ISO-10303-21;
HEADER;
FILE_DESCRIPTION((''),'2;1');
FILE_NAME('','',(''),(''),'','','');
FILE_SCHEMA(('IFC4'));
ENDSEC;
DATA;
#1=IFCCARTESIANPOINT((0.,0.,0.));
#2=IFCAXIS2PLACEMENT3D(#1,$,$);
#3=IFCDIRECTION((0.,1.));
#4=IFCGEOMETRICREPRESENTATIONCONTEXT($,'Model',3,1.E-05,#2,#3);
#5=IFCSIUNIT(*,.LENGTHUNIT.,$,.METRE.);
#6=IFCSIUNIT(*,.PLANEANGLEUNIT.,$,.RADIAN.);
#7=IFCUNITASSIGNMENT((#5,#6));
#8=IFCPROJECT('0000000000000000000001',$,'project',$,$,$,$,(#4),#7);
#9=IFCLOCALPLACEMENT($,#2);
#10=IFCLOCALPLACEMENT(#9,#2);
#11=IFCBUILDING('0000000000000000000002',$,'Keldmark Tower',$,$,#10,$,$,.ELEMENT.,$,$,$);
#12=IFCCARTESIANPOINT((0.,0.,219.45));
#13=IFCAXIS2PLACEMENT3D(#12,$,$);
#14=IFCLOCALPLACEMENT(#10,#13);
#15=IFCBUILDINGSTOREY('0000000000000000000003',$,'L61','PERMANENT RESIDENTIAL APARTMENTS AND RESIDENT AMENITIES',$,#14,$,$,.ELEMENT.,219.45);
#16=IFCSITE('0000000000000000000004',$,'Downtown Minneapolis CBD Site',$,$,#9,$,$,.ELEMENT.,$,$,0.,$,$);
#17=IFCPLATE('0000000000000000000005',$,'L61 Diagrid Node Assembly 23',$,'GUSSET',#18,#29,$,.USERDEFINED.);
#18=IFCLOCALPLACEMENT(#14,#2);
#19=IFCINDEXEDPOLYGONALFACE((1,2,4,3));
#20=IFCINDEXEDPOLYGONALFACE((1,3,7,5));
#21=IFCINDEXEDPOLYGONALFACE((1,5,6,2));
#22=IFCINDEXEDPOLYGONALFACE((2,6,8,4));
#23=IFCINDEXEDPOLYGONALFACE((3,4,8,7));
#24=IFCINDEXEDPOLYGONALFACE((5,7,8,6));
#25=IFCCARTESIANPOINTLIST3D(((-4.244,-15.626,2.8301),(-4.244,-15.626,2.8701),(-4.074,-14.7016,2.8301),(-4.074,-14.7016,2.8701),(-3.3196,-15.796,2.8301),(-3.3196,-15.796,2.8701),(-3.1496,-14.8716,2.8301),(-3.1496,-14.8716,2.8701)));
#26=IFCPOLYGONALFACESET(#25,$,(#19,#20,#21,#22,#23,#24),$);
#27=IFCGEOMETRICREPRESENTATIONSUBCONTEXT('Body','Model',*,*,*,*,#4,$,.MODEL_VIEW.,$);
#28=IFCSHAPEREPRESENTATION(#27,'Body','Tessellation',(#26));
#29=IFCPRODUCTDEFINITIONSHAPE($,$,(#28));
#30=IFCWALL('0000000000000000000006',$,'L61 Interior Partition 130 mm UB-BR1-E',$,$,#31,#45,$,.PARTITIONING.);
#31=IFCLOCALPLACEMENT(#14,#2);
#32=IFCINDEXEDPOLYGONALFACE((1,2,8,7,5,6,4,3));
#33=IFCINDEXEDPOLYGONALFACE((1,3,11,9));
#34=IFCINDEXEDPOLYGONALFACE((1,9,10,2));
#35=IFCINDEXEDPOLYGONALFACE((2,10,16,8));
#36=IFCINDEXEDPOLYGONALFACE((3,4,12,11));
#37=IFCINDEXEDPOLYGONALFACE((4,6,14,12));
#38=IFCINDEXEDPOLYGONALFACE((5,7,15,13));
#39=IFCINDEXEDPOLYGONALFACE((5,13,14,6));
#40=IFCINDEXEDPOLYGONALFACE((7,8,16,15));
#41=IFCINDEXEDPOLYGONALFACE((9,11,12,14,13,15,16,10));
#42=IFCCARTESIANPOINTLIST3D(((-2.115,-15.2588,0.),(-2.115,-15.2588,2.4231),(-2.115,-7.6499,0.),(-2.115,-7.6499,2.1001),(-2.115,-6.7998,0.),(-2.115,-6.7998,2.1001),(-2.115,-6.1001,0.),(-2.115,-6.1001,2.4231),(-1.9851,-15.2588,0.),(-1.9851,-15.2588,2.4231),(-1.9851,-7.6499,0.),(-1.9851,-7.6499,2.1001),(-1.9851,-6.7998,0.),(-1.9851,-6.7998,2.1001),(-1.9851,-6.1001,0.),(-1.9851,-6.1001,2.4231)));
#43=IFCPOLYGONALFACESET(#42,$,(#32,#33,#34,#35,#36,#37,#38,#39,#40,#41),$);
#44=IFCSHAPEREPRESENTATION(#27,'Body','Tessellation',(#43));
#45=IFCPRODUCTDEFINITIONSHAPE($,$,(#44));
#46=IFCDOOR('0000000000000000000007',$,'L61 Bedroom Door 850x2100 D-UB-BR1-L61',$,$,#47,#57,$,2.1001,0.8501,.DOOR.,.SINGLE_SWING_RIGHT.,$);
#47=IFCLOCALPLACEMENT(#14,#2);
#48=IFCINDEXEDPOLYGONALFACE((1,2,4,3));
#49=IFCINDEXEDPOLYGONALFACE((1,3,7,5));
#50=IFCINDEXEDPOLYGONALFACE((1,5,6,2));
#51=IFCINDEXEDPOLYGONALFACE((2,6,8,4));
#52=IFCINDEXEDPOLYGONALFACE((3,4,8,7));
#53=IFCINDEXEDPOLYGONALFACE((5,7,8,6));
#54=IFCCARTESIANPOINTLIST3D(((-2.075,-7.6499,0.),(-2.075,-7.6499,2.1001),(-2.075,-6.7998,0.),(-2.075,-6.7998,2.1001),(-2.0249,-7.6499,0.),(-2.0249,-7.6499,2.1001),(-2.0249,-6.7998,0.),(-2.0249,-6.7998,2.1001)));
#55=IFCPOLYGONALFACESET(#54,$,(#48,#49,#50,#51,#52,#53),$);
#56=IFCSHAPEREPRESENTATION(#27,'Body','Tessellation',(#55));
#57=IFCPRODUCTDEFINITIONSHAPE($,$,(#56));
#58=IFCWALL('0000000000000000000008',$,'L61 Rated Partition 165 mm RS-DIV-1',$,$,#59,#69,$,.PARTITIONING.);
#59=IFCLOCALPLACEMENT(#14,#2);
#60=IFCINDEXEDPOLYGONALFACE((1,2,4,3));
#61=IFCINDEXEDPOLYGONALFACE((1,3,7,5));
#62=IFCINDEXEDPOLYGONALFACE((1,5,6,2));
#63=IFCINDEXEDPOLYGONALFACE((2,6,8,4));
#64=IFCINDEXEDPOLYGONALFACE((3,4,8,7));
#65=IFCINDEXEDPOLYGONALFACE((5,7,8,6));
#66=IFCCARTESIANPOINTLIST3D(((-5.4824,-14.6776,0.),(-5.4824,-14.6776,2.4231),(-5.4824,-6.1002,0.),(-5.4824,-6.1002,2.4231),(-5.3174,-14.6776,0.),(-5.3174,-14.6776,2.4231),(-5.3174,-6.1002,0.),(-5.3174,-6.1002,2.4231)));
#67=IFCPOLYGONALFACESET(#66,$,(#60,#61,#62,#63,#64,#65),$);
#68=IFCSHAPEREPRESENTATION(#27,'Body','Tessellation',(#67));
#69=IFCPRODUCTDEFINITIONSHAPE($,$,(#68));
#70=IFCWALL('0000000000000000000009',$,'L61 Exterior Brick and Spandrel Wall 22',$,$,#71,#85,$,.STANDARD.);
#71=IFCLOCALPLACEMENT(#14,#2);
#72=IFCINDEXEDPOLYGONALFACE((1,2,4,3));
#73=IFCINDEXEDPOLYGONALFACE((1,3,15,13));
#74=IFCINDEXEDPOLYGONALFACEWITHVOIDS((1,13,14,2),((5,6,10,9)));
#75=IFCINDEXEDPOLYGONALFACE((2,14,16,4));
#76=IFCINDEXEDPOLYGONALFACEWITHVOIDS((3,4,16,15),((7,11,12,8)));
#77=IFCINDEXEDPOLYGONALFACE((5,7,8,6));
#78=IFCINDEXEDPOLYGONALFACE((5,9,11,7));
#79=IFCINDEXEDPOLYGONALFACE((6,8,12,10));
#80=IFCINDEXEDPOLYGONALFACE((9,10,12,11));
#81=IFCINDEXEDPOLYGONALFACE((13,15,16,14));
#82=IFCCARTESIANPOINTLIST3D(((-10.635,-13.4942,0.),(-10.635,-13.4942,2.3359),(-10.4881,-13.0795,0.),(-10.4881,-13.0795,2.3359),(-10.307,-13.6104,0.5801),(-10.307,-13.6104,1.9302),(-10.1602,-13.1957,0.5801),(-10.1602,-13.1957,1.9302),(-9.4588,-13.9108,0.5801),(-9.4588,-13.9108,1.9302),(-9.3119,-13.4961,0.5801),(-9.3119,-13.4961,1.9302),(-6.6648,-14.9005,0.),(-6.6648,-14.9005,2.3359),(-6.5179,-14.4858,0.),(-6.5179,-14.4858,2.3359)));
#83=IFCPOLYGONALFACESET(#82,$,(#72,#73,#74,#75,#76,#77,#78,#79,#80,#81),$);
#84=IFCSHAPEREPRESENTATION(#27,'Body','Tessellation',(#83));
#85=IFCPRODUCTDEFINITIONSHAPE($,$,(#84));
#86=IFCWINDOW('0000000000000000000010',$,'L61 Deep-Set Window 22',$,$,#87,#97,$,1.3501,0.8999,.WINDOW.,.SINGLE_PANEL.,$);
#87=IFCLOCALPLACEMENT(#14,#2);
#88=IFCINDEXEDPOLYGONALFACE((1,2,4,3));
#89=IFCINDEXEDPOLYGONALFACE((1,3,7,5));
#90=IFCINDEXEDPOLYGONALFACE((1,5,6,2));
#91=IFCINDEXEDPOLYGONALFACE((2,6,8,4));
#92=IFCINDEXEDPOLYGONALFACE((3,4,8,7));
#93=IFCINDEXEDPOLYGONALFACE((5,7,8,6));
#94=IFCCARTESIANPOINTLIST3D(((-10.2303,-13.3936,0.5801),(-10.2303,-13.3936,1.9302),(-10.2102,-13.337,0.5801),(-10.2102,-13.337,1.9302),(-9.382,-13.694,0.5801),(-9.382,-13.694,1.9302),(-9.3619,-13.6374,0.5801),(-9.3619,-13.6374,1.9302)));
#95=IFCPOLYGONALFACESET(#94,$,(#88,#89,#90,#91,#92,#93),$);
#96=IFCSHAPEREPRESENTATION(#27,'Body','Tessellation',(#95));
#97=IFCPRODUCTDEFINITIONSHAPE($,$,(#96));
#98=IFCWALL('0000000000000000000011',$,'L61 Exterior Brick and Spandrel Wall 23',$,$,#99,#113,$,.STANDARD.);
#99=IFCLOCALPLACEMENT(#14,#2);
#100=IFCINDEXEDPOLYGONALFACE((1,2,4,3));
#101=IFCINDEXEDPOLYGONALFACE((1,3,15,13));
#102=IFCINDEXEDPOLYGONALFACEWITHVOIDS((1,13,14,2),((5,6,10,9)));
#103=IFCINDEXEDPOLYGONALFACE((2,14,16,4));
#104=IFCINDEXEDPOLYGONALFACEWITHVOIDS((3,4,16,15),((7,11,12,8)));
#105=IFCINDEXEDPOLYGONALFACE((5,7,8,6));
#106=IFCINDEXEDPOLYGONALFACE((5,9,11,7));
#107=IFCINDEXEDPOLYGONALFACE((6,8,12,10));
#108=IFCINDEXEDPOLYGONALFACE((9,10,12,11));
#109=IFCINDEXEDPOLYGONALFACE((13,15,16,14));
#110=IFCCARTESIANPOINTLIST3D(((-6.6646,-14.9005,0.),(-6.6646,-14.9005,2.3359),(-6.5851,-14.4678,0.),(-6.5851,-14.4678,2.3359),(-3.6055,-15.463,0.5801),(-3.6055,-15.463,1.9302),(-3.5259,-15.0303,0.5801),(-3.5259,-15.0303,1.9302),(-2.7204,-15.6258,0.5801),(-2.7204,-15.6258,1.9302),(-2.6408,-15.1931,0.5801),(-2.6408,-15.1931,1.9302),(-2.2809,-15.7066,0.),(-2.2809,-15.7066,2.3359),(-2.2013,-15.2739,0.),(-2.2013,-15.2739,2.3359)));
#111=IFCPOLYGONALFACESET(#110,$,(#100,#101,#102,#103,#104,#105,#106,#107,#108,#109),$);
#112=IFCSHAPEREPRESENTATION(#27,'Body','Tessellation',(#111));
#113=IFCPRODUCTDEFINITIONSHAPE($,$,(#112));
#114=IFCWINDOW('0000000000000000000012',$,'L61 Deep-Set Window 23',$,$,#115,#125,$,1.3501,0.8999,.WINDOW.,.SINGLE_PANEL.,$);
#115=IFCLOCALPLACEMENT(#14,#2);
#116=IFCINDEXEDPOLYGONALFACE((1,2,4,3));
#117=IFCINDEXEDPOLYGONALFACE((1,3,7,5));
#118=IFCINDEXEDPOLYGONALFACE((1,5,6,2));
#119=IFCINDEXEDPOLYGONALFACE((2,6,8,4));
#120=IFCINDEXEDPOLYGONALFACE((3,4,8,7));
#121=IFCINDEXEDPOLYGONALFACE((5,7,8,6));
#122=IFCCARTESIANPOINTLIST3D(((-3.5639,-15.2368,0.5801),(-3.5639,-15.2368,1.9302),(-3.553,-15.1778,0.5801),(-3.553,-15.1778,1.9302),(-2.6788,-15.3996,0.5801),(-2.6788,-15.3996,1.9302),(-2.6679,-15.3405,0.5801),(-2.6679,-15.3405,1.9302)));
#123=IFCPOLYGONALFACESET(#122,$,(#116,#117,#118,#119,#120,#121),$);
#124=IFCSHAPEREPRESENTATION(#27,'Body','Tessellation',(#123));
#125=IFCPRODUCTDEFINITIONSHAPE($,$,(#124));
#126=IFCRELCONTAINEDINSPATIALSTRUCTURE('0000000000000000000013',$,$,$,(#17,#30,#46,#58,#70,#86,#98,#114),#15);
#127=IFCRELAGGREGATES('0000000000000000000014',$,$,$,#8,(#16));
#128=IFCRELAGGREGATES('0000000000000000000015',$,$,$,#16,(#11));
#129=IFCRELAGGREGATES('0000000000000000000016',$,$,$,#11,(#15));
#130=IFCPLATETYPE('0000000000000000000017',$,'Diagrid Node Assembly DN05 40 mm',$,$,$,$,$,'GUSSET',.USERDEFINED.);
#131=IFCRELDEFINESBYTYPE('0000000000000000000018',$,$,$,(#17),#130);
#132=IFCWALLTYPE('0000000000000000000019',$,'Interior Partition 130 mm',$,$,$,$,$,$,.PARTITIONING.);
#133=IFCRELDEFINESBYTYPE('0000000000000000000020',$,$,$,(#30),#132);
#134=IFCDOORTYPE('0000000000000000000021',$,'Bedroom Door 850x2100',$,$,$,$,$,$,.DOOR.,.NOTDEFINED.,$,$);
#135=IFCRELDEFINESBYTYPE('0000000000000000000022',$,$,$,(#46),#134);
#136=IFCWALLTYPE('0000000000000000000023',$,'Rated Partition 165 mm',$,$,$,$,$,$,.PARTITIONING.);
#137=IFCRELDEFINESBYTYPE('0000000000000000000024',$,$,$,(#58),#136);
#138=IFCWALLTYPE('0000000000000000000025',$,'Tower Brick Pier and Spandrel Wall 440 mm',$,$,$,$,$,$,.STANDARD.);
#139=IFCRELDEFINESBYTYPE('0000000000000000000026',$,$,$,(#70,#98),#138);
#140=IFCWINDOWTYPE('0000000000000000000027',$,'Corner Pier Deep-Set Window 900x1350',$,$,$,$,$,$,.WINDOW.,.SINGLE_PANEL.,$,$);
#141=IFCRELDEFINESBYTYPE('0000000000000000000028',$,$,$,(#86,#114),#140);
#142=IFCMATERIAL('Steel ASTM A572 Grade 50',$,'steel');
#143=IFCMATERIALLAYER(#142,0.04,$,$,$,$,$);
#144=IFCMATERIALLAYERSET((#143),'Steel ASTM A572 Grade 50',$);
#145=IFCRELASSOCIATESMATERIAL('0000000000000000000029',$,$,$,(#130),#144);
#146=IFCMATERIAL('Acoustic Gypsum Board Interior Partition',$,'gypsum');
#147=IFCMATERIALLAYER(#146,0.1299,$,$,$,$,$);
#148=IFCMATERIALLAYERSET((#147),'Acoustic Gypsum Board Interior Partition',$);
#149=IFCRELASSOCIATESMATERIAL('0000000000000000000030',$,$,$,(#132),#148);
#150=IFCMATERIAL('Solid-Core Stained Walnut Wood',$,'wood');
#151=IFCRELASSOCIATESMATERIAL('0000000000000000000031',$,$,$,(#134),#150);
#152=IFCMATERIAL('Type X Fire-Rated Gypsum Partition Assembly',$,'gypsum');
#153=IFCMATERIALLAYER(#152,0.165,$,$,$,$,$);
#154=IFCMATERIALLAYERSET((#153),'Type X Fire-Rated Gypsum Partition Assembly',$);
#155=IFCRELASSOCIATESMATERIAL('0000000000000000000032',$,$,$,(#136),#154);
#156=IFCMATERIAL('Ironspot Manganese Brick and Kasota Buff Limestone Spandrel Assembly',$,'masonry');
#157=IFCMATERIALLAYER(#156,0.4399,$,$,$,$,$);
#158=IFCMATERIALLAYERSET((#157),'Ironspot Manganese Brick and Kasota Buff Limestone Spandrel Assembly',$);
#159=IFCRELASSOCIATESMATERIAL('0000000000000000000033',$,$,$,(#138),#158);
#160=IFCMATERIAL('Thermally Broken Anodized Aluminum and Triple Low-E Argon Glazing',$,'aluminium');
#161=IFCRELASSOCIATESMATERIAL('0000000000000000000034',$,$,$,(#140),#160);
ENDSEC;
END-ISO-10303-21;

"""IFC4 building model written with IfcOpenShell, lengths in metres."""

from ifc_helpers import new_model, si_unit, direction, frame, frame_2d, origin, origin_2d, place, context, subcontext, project, spatial, rectangle, extrude, material, layer, layer_set, type_object, element, fill, save


model = new_model("IFC4")

# Units and contexts
model_context = context("Model", 3, precision=1e-05, world=origin(), true_north=direction((0.0, 1.0)))
body_context = subcontext(model_context, "Body", "Model", "MODEL_VIEW")
ifc_project = project(units=[si_unit("LENGTHUNIT", "METRE"), si_unit("PLANEANGLEUNIT", "RADIAN")], contexts=[model_context])

# Site, building, storey
site_placement = place(None, origin())
site = spatial("IfcSite", under=ifc_project, at=site_placement, Name="Downtown Minneapolis CBD Site", CompositionType="ELEMENT", RefElevation=0.0)
building_placement = place(site_placement, origin())
building = spatial("IfcBuilding", under=site, at=building_placement, Name="Keldmark Tower", CompositionType="ELEMENT")
storey_placement = place(building_placement, frame((0.0, 0.0, 219.45)))
storey = spatial("IfcBuildingStorey", under=building, at=storey_placement, Name="L61", Description="PERMANENT RESIDENTIAL APARTMENTS AND RESIDENT AMENITIES", CompositionType="ELEMENT", Elevation=219.45)

# Plate
ifc_material_1 = material(Name="Steel ASTM A572 Grade 50", Category="steel")
ifc_layer_1 = layer(ifc_material_1, 0.04)
ifc_layer_set_1 = layer_set([ifc_layer_1], Name="Steel ASTM A572 Grade 50")
plate_type = type_object("IfcPlateType", Name="Diagrid Node Assembly DN05 40 mm", ElementType="GUSSET", PredefinedType="USERDEFINED", material=ifc_layer_set_1)
plate_placement = place(storey_placement, frame((-3.6968, -15.2488, 2.8301), z_axis=(0.0, 0.0, 1.0), x_axis=(0.983508, -0.180862, 0.0)))
element("IfcPlate", 1, at=plate_placement, inside=storey, type_object=plate_type, Name="L61 Diagrid Node Assembly 23", ObjectType="GUSSET", PredefinedType="USERDEFINED", context=body_context, shape_type="SweptSolid", body=[
    extrude(rectangle(XDim=0.9399, YDim=0.9399, at=origin_2d()), origin(), (0.0, 0.0, 1.0), 0.04),
])

# Wall, opening, door
ifc_material_2 = material(Name="Acoustic Gypsum Board Interior Partition", Category="gypsum")
ifc_layer_2 = layer(ifc_material_2, 0.1299)
ifc_layer_set_2 = layer_set([ifc_layer_2], Name="Acoustic Gypsum Board Interior Partition")
wall_type_1 = type_object("IfcWallType", Name="Interior Partition 130 mm", PredefinedType="PARTITIONING", material=ifc_layer_set_2)
wall_1_placement = place(storey_placement, frame((-2.05, -15.2588, 0.0), z_axis=(0.0, 0.0, 1.0), x_axis=(0.0, 1.0, 0.0)))
wall_1 = element("IfcWall", 2, at=wall_1_placement, inside=storey, type_object=wall_type_1, Name="L61 Interior Partition 130 mm UB-BR1-E", PredefinedType="PARTITIONING", context=body_context, shape_type="SweptSolid", body=[
    extrude(rectangle(XDim=9.1587, YDim=0.1299, at=frame_2d((4.5793, 0.0))), origin(), (0.0, 0.0, 1.0), 2.4231),
])
opening_1_placement = place(wall_1_placement, frame((7.6089, 0.0, 0.0)))
opening_1 = element("IfcOpeningElement", 3, at=opening_1_placement, cuts=wall_1, PredefinedType="OPENING", context=body_context, shape_type="SweptSolid", body=[
    extrude(rectangle(XDim=0.8501, YDim=2.1001, at=frame_2d((0.425, 1.05))), frame((0.0, 0.075, 0.0), z_axis=(0.0, -1.0, 0.0), x_axis=(1.0, 0.0, 0.0)), (0.0, 0.0, 1.0), 0.1499),
])
ifc_material_3 = material(Name="Solid-Core Stained Walnut Wood", Category="wood")
door_type_1 = type_object("IfcDoorType", Name="Bedroom Door 850x2100", OperationType="NOTDEFINED", PredefinedType="DOOR", material=ifc_material_3)
door_1_placement = place(opening_1_placement, origin())
door_1 = element("IfcDoor", 4, at=door_1_placement, inside=storey, type_object=door_type_1, Name="L61 Bedroom Door 850x2100 D-UB-BR1-L61", OperationType="SINGLE_SWING_RIGHT", OverallHeight=2.1001, OverallWidth=0.8501, PredefinedType="DOOR", context=body_context, shape_type="SweptSolid", body=[
    extrude(rectangle(XDim=0.8501, YDim=2.1001, at=frame_2d((0.425, 1.05))), frame((0.0, 0.0249, 0.0), z_axis=(0.0, -1.0, 0.0), x_axis=(1.0, 0.0, 0.0)), (0.0, 0.0, 1.0), 0.05),
])
fill(opening_1, door_1)

# Wall
ifc_material_4 = material(Name="Type X Fire-Rated Gypsum Partition Assembly", Category="gypsum")
ifc_layer_3 = layer(ifc_material_4, 0.165)
ifc_layer_set_3 = layer_set([ifc_layer_3], Name="Type X Fire-Rated Gypsum Partition Assembly")
wall_type_2 = type_object("IfcWallType", Name="Rated Partition 165 mm", PredefinedType="PARTITIONING", material=ifc_layer_set_3)
wall_2_placement = place(storey_placement, frame((-5.3999, -14.6775, 0.0), z_axis=(0.0, 0.0, 1.0), x_axis=(0.0, 1.0, 0.0)))
element("IfcWall", 5, at=wall_2_placement, inside=storey, type_object=wall_type_2, Name="L61 Rated Partition 165 mm RS-DIV-1", PredefinedType="PARTITIONING", context=body_context, shape_type="SweptSolid", body=[
    extrude(rectangle(XDim=8.5774, YDim=0.165, at=frame_2d((4.2886, 0.0))), origin(), (0.0, 0.0, 1.0), 2.4231),
])

# Walls, openings, windows
ifc_material_5 = material(Name="Ironspot Manganese Brick and Kasota Buff Limestone Spandrel Assembly", Category="masonry")
ifc_layer_4 = layer(ifc_material_5, 0.4399)
ifc_layer_set_4 = layer_set([ifc_layer_4], Name="Ironspot Manganese Brick and Kasota Buff Limestone Spandrel Assembly")
wall_type_3 = type_object("IfcWallType", Name="Tower Brick Pier and Spandrel Wall 440 mm", PredefinedType="STANDARD", material=ifc_layer_set_4)
wall_3_placement = place(storey_placement, frame((-6.5913, -14.6931, 0.0), z_axis=(0.0, 0.0, 1.0), x_axis=(-0.942617, 0.333875, 0.0)))
wall_3 = element("IfcWall", 6, at=wall_3_placement, inside=storey, type_object=wall_type_3, Name="L61 Exterior Brick and Spandrel Wall 22", PredefinedType="STANDARD", context=body_context, shape_type="SweptSolid", body=[
    extrude(rectangle(XDim=4.2119, YDim=0.4399, at=frame_2d((2.106, 0.0))), origin(), (0.0, 0.0, 1.0), 2.3359),
])
opening_2_placement = place(wall_3_placement, frame((2.9641, 0.0, 0.5801)))
opening_2 = element("IfcOpeningElement", 7, at=opening_2_placement, cuts=wall_3, PredefinedType="OPENING", context=body_context, shape_type="SweptSolid", body=[
    extrude(rectangle(XDim=0.8999, YDim=1.3501, at=frame_2d((0.45, 0.675))), frame((0.0, 0.23, 0.0), z_axis=(0.0, -1.0, 0.0), x_axis=(1.0, 0.0, 0.0)), (0.0, 0.0, 1.0), 0.46),
])
ifc_material_6 = material(Name="Thermally Broken Anodized Aluminum and Triple Low-E Argon Glazing", Category="aluminium")
window_type = type_object("IfcWindowType", Name="Corner Pier Deep-Set Window 900x1350", PartitioningType="SINGLE_PANEL", PredefinedType="WINDOW", material=ifc_material_6)
window_1_placement = place(opening_2_placement, origin())
window_1 = element("IfcWindow", 8, at=window_1_placement, inside=storey, type_object=window_type, Name="L61 Deep-Set Window 22", OverallHeight=1.3501, OverallWidth=0.8999, PartitioningType="SINGLE_PANEL", PredefinedType="WINDOW", context=body_context, shape_type="SweptSolid", body=[
    extrude(rectangle(XDim=0.8999, YDim=1.3501, at=frame_2d((0.45, 0.675))), frame((0.0, -0.01, 0.0), z_axis=(0.0, -1.0, 0.0), x_axis=(1.0, 0.0, 0.0)), (0.0, 0.0, 1.0), 0.0601),
])
fill(opening_2, window_1)
wall_4_placement = place(storey_placement, frame((-2.2412, -15.4902, 0.0), z_axis=(0.0, 0.0, 1.0), x_axis=(-0.983509, 0.180861, 0.0)))
wall_4 = element("IfcWall", 9, at=wall_4_placement, inside=storey, type_object=wall_type_3, Name="L61 Exterior Brick and Spandrel Wall 23", PredefinedType="STANDARD", context=body_context, shape_type="SweptSolid", body=[
    extrude(rectangle(XDim=4.4573, YDim=0.4399, at=frame_2d((2.2285, 0.0))), origin(), (0.0, 0.0, 1.0), 2.3359),
])
opening_3_placement = place(wall_4_placement, frame((0.4468, 0.0, 0.5801)))
opening_3 = element("IfcOpeningElement", 10, at=opening_3_placement, cuts=wall_4, PredefinedType="OPENING", context=body_context, shape_type="SweptSolid", body=[
    extrude(rectangle(XDim=0.8999, YDim=1.3501, at=frame_2d((0.45, 0.675))), frame((0.0, 0.23, 0.0), z_axis=(0.0, -1.0, 0.0), x_axis=(1.0, 0.0, 0.0)), (0.0, 0.0, 1.0), 0.46),
])
window_2_placement = place(opening_3_placement, origin())
window_2 = element("IfcWindow", 11, at=window_2_placement, inside=storey, type_object=window_type, Name="L61 Deep-Set Window 23", OverallHeight=1.3501, OverallWidth=0.8999, PartitioningType="SINGLE_PANEL", PredefinedType="WINDOW", context=body_context, shape_type="SweptSolid", body=[
    extrude(rectangle(XDim=0.8999, YDim=1.3501, at=frame_2d((0.45, 0.675))), frame((0.0, -0.01, 0.0), z_axis=(0.0, -1.0, 0.0), x_axis=(1.0, 0.0, 0.0)), (0.0, 0.0, 1.0), 0.0601),
])
fill(opening_3, window_2)

save(model, "model.ifc")
